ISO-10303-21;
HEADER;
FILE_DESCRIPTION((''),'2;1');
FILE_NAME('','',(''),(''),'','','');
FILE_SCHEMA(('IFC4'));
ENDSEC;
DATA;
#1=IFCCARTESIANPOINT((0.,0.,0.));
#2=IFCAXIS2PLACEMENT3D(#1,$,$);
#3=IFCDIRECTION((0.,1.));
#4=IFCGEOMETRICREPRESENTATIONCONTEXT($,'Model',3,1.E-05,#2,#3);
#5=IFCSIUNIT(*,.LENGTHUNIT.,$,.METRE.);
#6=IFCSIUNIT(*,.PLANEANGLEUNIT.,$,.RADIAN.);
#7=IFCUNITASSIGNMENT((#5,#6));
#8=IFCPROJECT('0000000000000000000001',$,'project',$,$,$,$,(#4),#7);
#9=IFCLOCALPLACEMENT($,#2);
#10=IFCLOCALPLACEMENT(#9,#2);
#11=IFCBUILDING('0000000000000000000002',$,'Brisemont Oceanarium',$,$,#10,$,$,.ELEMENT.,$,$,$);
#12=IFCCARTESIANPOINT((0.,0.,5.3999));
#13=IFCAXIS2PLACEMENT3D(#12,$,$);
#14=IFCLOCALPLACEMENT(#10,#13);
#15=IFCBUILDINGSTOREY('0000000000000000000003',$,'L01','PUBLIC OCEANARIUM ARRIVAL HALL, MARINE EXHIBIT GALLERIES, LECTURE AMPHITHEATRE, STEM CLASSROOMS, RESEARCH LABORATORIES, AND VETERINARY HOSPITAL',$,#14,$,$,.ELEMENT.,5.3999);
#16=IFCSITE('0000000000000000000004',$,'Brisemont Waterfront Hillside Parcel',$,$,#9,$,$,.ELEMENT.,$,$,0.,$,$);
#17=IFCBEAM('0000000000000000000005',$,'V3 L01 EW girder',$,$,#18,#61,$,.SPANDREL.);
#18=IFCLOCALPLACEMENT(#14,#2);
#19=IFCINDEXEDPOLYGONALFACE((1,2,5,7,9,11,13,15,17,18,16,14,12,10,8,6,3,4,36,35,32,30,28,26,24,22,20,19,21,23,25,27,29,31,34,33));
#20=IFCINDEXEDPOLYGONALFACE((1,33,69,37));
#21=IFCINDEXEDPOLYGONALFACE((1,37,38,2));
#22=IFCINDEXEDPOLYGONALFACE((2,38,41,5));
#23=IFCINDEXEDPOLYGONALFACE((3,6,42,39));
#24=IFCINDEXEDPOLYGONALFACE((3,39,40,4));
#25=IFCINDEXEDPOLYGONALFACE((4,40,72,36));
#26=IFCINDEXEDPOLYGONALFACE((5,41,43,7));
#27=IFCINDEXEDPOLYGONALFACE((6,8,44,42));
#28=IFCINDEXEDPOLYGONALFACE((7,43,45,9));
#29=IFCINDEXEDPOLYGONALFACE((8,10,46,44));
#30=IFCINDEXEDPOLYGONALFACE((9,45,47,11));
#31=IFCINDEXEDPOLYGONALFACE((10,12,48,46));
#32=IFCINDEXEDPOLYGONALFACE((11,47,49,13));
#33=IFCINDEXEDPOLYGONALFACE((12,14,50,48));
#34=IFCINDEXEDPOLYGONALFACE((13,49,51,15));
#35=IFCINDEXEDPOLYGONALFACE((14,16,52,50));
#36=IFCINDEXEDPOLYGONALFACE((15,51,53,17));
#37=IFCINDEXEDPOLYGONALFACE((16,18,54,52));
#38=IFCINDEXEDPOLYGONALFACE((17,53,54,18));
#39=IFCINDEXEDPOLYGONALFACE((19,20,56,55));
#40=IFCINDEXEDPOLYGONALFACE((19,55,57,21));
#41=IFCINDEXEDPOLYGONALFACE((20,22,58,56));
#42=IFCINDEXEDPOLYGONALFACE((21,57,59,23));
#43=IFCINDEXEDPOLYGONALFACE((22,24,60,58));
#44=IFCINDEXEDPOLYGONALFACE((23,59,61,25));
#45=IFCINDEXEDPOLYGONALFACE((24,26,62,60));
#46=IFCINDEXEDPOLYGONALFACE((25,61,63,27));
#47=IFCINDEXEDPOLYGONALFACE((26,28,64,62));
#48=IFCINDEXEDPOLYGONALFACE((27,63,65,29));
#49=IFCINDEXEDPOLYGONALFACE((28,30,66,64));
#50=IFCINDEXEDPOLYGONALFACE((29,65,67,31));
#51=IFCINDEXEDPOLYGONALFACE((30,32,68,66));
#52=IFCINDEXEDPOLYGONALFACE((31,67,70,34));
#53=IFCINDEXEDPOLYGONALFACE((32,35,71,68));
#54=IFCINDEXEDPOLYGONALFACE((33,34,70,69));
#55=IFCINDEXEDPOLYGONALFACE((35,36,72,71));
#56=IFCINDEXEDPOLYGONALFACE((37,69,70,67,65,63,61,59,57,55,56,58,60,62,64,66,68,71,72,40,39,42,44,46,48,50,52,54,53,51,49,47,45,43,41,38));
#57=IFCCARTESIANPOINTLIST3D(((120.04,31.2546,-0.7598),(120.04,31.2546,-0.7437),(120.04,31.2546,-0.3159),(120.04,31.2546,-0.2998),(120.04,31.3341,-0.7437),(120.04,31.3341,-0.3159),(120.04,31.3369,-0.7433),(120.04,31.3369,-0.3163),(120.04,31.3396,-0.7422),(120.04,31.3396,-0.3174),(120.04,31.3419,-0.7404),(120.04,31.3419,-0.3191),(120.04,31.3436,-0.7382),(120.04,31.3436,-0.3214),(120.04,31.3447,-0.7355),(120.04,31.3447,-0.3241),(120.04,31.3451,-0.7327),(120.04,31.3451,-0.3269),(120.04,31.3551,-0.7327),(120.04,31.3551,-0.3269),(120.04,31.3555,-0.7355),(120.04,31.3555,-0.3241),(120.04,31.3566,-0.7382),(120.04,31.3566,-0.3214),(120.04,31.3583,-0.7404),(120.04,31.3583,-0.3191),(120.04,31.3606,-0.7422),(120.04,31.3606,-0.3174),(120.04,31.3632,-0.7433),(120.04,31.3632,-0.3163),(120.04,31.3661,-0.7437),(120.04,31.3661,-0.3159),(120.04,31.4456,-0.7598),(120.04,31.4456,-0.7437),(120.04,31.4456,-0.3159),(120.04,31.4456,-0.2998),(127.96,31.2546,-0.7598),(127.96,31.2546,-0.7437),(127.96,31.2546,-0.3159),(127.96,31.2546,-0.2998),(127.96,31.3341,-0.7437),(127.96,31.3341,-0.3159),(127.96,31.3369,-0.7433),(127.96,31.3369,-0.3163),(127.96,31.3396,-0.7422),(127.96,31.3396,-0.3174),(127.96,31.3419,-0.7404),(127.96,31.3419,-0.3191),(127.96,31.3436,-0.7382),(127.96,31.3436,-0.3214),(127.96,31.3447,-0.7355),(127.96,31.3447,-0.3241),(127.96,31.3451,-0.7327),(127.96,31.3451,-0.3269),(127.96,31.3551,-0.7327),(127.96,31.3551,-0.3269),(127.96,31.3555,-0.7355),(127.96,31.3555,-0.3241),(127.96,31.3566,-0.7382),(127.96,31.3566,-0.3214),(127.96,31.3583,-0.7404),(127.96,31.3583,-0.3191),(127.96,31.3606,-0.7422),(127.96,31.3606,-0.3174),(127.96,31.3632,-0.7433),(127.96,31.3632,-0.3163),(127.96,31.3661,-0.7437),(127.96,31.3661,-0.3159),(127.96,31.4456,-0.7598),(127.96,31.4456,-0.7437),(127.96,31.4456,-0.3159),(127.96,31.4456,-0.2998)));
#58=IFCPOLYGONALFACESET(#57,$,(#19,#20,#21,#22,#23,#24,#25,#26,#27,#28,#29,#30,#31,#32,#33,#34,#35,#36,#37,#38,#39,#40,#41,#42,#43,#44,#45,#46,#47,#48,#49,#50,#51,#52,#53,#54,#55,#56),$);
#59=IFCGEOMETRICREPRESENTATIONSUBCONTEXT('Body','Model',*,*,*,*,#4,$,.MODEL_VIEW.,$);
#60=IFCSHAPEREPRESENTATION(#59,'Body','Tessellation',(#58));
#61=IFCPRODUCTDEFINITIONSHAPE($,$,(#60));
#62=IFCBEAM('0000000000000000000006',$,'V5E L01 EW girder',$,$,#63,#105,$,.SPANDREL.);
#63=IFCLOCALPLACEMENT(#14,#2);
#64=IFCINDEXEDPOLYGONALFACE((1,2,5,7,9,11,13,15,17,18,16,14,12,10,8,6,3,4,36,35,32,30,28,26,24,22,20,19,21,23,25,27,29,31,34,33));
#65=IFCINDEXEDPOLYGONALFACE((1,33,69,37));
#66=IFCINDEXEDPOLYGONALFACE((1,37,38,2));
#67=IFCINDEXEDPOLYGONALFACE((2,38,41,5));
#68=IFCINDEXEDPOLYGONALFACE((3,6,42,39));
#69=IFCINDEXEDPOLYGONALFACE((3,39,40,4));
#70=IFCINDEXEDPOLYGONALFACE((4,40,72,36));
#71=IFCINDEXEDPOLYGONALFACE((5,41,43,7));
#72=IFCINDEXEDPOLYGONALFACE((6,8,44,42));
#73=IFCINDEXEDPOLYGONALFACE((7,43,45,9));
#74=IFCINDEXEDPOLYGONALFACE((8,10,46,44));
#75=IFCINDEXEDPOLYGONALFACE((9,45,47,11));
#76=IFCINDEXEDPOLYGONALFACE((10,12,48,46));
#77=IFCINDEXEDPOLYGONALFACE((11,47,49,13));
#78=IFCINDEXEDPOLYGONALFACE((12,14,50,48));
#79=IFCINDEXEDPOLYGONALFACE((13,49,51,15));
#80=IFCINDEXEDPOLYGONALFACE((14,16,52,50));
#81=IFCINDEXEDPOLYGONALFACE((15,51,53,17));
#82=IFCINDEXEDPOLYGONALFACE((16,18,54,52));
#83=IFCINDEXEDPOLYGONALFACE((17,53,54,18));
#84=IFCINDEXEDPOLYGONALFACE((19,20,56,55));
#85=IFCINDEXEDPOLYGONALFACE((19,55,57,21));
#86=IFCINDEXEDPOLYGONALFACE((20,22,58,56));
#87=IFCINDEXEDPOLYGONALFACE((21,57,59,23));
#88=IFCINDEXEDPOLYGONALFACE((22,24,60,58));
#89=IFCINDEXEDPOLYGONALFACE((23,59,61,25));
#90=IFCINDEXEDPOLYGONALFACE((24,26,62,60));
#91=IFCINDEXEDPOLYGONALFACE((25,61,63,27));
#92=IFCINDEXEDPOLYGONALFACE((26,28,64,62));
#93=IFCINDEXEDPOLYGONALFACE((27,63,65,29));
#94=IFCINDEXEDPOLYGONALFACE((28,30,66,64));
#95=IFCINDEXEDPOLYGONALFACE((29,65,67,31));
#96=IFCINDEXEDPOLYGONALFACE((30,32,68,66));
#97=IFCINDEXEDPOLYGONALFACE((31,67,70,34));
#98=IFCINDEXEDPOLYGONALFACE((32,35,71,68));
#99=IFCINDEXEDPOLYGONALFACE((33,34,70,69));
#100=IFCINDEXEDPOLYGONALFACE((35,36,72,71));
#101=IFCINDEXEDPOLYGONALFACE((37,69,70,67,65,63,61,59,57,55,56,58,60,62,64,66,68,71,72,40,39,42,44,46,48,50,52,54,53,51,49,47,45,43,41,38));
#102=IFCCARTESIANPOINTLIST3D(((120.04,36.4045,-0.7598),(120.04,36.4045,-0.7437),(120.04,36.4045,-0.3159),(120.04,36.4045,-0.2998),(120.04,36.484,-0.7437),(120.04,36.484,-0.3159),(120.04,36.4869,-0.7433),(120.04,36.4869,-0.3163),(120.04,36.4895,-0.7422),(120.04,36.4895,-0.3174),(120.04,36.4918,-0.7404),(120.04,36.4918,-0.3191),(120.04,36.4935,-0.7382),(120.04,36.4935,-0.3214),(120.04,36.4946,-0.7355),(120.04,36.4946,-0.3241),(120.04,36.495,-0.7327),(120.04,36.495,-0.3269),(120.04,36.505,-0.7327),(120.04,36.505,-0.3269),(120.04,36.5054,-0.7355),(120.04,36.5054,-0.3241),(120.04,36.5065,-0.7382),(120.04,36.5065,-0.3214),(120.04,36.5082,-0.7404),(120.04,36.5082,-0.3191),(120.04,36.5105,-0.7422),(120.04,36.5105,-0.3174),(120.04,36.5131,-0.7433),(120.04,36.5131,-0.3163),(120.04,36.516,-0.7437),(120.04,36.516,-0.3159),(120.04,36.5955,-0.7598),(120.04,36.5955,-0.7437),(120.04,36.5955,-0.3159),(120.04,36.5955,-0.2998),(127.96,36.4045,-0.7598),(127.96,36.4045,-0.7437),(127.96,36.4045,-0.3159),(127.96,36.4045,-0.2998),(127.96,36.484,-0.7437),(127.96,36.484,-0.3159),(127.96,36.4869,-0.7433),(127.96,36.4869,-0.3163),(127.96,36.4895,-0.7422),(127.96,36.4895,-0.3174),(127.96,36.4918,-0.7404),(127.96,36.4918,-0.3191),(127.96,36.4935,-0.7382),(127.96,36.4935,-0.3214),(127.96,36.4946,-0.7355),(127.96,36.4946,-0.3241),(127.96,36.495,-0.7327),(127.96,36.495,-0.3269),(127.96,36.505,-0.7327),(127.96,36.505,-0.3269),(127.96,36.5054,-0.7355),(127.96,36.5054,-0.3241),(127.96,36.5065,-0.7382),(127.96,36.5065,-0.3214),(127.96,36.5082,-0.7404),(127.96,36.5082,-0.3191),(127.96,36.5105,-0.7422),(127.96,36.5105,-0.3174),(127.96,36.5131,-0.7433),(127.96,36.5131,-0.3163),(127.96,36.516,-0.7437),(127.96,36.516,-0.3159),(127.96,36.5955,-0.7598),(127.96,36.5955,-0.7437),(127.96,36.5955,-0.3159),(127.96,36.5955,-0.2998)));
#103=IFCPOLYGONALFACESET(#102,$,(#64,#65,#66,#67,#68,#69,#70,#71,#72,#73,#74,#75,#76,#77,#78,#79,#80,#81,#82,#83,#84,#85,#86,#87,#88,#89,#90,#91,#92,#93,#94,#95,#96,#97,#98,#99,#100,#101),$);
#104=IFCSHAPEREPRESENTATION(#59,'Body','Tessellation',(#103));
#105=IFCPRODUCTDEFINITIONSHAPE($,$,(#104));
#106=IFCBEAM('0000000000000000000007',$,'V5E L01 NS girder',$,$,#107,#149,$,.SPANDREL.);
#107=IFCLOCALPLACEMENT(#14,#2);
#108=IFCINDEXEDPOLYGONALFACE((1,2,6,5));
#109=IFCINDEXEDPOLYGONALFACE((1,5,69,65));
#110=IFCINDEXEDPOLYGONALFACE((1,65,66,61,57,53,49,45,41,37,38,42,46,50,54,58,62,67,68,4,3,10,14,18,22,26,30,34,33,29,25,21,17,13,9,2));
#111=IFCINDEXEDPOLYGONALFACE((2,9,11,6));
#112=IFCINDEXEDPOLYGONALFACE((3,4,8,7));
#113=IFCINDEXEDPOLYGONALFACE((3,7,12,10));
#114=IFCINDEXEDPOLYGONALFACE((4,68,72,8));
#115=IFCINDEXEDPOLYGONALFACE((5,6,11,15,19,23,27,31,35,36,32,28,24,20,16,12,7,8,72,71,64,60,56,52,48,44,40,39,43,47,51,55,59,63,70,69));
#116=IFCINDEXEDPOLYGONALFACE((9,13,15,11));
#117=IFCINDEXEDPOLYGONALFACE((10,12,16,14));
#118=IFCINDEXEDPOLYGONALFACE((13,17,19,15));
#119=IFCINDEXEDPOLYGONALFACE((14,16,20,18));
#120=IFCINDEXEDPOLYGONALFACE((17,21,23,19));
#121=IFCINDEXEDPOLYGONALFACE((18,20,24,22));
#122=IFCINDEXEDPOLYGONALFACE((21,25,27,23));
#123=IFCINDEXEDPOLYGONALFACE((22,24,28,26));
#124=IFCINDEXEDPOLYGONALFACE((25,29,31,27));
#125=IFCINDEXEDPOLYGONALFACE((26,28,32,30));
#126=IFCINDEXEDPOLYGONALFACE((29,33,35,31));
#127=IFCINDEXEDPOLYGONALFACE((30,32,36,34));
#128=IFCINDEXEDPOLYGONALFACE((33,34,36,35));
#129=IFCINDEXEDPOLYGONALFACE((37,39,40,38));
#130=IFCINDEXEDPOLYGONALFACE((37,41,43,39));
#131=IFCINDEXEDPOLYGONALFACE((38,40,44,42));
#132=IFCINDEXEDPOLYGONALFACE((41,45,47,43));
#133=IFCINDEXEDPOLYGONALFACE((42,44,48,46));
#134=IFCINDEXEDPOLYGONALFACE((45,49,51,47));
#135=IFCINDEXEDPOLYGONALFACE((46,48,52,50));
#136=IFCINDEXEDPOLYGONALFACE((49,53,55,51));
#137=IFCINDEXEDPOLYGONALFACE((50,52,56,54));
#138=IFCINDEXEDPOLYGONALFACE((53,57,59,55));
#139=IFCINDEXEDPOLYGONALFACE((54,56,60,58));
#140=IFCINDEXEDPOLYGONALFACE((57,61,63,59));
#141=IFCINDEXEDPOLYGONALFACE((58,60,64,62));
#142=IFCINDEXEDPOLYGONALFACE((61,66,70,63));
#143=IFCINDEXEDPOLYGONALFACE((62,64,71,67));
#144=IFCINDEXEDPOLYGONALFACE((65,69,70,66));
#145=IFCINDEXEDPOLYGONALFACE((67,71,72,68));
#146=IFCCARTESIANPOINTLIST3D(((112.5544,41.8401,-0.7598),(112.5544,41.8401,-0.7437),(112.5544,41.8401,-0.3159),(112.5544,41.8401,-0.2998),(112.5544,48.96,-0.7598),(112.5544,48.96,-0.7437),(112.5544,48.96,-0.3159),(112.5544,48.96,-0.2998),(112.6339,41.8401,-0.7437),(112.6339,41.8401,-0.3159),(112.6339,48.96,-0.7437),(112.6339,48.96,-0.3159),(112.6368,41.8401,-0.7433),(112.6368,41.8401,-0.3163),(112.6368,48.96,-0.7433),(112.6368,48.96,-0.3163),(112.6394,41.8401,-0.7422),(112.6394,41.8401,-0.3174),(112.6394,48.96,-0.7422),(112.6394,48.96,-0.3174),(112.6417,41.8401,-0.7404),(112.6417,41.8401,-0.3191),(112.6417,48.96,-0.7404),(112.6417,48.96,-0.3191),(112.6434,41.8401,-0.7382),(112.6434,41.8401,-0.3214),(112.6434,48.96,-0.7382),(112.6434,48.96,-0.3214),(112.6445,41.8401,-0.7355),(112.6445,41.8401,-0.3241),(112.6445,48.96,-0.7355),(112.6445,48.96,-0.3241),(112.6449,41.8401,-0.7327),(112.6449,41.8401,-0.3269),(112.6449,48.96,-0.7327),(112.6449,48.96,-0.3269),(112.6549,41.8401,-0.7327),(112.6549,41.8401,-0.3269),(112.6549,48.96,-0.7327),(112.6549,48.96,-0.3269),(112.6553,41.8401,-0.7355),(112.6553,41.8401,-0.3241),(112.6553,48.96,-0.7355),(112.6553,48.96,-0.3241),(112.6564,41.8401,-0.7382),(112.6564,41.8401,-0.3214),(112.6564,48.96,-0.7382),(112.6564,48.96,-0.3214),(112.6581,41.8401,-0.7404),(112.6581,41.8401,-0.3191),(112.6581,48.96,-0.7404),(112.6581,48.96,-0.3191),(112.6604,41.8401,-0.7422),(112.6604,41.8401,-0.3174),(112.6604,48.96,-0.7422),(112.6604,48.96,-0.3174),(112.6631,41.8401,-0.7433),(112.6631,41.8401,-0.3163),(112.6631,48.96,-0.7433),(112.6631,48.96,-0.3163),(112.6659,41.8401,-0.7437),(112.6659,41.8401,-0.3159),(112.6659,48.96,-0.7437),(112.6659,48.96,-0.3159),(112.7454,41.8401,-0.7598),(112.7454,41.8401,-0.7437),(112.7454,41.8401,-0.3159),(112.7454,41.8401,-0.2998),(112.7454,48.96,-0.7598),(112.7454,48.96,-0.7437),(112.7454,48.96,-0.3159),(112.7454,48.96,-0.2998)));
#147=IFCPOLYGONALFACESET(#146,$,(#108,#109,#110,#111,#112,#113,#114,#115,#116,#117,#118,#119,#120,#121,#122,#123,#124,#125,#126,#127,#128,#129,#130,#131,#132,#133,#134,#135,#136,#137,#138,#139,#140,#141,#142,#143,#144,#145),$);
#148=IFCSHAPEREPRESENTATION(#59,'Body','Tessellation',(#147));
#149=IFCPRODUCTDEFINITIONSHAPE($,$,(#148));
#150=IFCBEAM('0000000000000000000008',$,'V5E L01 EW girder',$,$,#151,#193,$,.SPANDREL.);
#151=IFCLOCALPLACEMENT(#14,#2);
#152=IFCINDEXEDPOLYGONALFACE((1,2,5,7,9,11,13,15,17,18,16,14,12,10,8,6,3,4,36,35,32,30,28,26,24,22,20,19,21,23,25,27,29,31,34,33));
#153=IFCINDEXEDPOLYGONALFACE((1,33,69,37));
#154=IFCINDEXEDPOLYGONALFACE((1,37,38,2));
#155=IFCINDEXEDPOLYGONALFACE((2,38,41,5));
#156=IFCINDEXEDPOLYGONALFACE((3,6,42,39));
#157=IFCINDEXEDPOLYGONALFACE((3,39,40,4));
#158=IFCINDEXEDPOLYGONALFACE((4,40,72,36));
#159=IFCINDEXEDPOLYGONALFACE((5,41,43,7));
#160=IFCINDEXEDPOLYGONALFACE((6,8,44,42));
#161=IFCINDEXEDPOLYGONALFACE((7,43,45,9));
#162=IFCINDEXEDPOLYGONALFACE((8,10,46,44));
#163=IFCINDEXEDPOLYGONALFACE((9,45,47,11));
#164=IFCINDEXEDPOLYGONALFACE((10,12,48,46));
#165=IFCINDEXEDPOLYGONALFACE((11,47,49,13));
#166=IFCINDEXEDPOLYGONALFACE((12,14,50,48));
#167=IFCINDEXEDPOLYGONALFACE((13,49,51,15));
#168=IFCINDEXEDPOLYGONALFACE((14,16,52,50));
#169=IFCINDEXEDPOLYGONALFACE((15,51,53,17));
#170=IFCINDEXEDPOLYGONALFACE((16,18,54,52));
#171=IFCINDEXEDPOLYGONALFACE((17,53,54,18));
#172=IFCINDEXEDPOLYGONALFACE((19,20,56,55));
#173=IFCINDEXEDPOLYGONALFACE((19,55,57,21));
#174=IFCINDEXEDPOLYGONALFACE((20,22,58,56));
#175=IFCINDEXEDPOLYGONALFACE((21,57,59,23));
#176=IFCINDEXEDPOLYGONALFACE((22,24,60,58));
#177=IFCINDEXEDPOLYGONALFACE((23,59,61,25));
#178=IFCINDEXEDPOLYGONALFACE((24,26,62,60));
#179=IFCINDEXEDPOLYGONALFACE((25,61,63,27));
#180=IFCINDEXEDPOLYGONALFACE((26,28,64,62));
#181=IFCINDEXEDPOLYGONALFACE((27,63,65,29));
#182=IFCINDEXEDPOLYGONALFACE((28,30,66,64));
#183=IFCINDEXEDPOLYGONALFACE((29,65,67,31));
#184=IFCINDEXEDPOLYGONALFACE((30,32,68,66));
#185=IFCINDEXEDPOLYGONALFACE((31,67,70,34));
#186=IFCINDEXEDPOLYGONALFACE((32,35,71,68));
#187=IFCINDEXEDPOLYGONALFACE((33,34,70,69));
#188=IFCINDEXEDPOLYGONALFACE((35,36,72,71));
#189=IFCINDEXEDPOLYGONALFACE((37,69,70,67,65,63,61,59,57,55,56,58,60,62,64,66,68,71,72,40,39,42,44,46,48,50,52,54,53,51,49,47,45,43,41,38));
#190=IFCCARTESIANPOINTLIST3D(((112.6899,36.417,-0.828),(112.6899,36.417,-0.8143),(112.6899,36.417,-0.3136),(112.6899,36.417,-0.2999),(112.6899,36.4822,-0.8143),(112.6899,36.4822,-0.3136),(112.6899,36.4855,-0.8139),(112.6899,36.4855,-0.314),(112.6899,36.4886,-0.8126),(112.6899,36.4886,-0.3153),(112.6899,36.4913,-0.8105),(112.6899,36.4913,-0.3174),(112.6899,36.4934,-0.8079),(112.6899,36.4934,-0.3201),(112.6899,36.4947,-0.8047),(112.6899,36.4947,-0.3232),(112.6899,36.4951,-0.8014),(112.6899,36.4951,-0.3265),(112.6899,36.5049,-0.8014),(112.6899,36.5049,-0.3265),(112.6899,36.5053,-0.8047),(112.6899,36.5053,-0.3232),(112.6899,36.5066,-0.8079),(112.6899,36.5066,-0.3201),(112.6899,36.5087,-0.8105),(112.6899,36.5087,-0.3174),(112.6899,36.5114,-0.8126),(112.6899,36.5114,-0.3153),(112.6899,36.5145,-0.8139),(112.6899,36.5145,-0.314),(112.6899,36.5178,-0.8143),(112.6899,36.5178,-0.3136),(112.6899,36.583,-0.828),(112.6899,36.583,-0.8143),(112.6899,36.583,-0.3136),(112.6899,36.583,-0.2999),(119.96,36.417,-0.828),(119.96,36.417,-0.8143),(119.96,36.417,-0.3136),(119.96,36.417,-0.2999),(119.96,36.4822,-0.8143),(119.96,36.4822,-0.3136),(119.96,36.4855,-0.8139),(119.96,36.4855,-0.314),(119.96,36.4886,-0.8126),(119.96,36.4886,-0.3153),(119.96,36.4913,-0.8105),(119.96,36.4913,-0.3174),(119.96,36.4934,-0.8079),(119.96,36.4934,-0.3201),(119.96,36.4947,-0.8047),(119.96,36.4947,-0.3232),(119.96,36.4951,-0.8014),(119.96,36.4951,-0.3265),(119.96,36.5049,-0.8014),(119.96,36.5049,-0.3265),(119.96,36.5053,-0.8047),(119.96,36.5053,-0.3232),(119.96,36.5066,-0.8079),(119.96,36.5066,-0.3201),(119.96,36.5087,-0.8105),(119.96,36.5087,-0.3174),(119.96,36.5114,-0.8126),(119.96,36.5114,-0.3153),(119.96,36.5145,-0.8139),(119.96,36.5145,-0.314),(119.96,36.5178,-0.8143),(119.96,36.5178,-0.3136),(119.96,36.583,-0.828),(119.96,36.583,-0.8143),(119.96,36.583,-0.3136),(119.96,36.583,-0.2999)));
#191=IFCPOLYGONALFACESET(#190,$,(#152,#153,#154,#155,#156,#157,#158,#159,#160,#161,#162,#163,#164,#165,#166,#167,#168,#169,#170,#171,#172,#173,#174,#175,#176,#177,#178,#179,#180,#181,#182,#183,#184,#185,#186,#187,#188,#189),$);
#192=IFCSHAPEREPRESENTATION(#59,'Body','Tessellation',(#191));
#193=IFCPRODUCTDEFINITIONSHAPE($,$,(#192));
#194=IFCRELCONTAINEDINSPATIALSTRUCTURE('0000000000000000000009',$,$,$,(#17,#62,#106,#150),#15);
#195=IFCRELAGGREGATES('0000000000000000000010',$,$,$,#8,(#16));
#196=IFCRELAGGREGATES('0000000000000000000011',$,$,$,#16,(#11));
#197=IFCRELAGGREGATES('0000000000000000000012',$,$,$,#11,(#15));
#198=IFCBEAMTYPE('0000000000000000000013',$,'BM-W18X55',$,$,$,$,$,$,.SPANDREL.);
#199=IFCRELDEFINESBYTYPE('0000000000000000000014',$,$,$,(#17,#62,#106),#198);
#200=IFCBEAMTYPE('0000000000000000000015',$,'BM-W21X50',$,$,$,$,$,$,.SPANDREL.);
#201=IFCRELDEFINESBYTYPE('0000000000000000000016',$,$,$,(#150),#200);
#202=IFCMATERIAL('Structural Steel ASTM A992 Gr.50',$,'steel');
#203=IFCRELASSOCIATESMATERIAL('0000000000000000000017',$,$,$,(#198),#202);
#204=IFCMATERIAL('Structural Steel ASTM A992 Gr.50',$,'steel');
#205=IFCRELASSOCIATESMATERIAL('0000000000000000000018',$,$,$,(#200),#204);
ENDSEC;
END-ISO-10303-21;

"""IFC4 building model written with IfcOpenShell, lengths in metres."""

from ifc_helpers import new_model, si_unit, direction, frame, origin, origin_2d, place, context, subcontext, project, spatial, i_section, extrude, material, material_profile, profile_set, type_object, element, save


model = new_model("IFC4")

# Units and contexts
model_context = context("Model", 3, precision=1e-05, world=origin(), true_north=direction((0.0, 1.0)))
body_context = subcontext(model_context, "Body", "Model", "MODEL_VIEW")
ifc_project = project(units=[si_unit("LENGTHUNIT", "METRE"), si_unit("PLANEANGLEUNIT", "RADIAN")], contexts=[model_context])

# Site, building, storey
site_placement = place(None, origin())
site = spatial("IfcSite", under=ifc_project, at=site_placement, Name="Brisemont Waterfront Hillside Parcel", CompositionType="ELEMENT", RefElevation=0.0)
building_placement = place(site_placement, origin())
building = spatial("IfcBuilding", under=site, at=building_placement, Name="Brisemont Oceanarium", CompositionType="ELEMENT")
storey_placement = place(building_placement, frame((0.0, 0.0, 5.3999)))
storey = spatial("IfcBuildingStorey", under=building, at=storey_placement, Name="L01", Description="PUBLIC OCEANARIUM ARRIVAL HALL, MARINE EXHIBIT GALLERIES, LECTURE AMPHITHEATRE, STEM CLASSROOMS, RESEARCH LABORATORIES, AND VETERINARY HOSPITAL", CompositionType="ELEMENT", Elevation=5.3999)

# Beams
ifc_material_1 = material(Name="Structural Steel ASTM A992 Gr.50", Category="steel")
ifc_material_profile_1 = material_profile(ifc_material_1, i_section(OverallWidth=0.1909, OverallDepth=0.46, WebThickness=0.01, FlangeThickness=0.0161, FilletRadius=0.011, at=origin_2d()), Name="W18X55")
ifc_profile_set_1 = profile_set([ifc_material_profile_1], Name="Structural Steel ASTM A992 Gr.50")
beam_type_1 = type_object("IfcBeamType", Name="BM-W18X55", PredefinedType="SPANDREL", material=ifc_profile_set_1)
for number, where, z_axis, x_axis, name in (
    (1, (120.04, 31.3501, -0.5298), (1.0, 0.0, 0.0), (0.0, 1.0, 0.0), "V3 L01 EW girder"),
    (2, (120.04, 36.5, -0.5298), (1.0, 0.0, 0.0), (0.0, 1.0, 0.0), "V5E L01 EW girder"),
):
    element("IfcBeam", number, at=place(storey_placement, frame(where, z_axis=z_axis, x_axis=x_axis)), inside=storey, type_object=beam_type_1, Name=name, PredefinedType="SPANDREL", context=body_context, shape_type="SweptSolid", body=[
        extrude(i_section(OverallWidth=0.1909, OverallDepth=0.46, WebThickness=0.01, FlangeThickness=0.0161, FilletRadius=0.011, at=origin_2d()), origin(), (0.0, 0.0, 1.0), 7.9199),
    ])
beam_1_placement = place(storey_placement, frame((112.6499, 41.8401, -0.5298), z_axis=(0.0, 1.0, 0.0), x_axis=(-1.0, 0.0, 0.0)))
element("IfcBeam", 3, at=beam_1_placement, inside=storey, type_object=beam_type_1, Name="V5E L01 NS girder", PredefinedType="SPANDREL", context=body_context, shape_type="SweptSolid", body=[
    extrude(i_section(OverallWidth=0.1909, OverallDepth=0.46, WebThickness=0.01, FlangeThickness=0.0161, FilletRadius=0.011, at=origin_2d()), origin(), (0.0, 0.0, 1.0), 7.1199),
])
ifc_material_2 = material(Name="Structural Steel ASTM A992 Gr.50", Category="steel")
ifc_material_profile_2 = material_profile(ifc_material_2, i_section(OverallWidth=0.166, OverallDepth=0.5281, WebThickness=0.0098, FlangeThickness=0.0137, FilletRadius=0.0129, at=origin_2d()), Name="W21X50")
ifc_profile_set_2 = profile_set([ifc_material_profile_2], Name="Structural Steel ASTM A992 Gr.50")
beam_type_2 = type_object("IfcBeamType", Name="BM-W21X50", PredefinedType="SPANDREL", material=ifc_profile_set_2)
beam_2_placement = place(storey_placement, frame((112.6899, 36.5, -0.564), z_axis=(1.0, 0.0, 0.0), x_axis=(0.0, 1.0, 0.0)))
element("IfcBeam", 4, at=beam_2_placement, inside=storey, type_object=beam_type_2, Name="V5E L01 EW girder", PredefinedType="SPANDREL", context=body_context, shape_type="SweptSolid", body=[
    extrude(i_section(OverallWidth=0.166, OverallDepth=0.5281, WebThickness=0.0098, FlangeThickness=0.0137, FilletRadius=0.0129, at=origin_2d()), origin(), (0.0, 0.0, 1.0), 7.27),
])

save(model, "model.ifc")
